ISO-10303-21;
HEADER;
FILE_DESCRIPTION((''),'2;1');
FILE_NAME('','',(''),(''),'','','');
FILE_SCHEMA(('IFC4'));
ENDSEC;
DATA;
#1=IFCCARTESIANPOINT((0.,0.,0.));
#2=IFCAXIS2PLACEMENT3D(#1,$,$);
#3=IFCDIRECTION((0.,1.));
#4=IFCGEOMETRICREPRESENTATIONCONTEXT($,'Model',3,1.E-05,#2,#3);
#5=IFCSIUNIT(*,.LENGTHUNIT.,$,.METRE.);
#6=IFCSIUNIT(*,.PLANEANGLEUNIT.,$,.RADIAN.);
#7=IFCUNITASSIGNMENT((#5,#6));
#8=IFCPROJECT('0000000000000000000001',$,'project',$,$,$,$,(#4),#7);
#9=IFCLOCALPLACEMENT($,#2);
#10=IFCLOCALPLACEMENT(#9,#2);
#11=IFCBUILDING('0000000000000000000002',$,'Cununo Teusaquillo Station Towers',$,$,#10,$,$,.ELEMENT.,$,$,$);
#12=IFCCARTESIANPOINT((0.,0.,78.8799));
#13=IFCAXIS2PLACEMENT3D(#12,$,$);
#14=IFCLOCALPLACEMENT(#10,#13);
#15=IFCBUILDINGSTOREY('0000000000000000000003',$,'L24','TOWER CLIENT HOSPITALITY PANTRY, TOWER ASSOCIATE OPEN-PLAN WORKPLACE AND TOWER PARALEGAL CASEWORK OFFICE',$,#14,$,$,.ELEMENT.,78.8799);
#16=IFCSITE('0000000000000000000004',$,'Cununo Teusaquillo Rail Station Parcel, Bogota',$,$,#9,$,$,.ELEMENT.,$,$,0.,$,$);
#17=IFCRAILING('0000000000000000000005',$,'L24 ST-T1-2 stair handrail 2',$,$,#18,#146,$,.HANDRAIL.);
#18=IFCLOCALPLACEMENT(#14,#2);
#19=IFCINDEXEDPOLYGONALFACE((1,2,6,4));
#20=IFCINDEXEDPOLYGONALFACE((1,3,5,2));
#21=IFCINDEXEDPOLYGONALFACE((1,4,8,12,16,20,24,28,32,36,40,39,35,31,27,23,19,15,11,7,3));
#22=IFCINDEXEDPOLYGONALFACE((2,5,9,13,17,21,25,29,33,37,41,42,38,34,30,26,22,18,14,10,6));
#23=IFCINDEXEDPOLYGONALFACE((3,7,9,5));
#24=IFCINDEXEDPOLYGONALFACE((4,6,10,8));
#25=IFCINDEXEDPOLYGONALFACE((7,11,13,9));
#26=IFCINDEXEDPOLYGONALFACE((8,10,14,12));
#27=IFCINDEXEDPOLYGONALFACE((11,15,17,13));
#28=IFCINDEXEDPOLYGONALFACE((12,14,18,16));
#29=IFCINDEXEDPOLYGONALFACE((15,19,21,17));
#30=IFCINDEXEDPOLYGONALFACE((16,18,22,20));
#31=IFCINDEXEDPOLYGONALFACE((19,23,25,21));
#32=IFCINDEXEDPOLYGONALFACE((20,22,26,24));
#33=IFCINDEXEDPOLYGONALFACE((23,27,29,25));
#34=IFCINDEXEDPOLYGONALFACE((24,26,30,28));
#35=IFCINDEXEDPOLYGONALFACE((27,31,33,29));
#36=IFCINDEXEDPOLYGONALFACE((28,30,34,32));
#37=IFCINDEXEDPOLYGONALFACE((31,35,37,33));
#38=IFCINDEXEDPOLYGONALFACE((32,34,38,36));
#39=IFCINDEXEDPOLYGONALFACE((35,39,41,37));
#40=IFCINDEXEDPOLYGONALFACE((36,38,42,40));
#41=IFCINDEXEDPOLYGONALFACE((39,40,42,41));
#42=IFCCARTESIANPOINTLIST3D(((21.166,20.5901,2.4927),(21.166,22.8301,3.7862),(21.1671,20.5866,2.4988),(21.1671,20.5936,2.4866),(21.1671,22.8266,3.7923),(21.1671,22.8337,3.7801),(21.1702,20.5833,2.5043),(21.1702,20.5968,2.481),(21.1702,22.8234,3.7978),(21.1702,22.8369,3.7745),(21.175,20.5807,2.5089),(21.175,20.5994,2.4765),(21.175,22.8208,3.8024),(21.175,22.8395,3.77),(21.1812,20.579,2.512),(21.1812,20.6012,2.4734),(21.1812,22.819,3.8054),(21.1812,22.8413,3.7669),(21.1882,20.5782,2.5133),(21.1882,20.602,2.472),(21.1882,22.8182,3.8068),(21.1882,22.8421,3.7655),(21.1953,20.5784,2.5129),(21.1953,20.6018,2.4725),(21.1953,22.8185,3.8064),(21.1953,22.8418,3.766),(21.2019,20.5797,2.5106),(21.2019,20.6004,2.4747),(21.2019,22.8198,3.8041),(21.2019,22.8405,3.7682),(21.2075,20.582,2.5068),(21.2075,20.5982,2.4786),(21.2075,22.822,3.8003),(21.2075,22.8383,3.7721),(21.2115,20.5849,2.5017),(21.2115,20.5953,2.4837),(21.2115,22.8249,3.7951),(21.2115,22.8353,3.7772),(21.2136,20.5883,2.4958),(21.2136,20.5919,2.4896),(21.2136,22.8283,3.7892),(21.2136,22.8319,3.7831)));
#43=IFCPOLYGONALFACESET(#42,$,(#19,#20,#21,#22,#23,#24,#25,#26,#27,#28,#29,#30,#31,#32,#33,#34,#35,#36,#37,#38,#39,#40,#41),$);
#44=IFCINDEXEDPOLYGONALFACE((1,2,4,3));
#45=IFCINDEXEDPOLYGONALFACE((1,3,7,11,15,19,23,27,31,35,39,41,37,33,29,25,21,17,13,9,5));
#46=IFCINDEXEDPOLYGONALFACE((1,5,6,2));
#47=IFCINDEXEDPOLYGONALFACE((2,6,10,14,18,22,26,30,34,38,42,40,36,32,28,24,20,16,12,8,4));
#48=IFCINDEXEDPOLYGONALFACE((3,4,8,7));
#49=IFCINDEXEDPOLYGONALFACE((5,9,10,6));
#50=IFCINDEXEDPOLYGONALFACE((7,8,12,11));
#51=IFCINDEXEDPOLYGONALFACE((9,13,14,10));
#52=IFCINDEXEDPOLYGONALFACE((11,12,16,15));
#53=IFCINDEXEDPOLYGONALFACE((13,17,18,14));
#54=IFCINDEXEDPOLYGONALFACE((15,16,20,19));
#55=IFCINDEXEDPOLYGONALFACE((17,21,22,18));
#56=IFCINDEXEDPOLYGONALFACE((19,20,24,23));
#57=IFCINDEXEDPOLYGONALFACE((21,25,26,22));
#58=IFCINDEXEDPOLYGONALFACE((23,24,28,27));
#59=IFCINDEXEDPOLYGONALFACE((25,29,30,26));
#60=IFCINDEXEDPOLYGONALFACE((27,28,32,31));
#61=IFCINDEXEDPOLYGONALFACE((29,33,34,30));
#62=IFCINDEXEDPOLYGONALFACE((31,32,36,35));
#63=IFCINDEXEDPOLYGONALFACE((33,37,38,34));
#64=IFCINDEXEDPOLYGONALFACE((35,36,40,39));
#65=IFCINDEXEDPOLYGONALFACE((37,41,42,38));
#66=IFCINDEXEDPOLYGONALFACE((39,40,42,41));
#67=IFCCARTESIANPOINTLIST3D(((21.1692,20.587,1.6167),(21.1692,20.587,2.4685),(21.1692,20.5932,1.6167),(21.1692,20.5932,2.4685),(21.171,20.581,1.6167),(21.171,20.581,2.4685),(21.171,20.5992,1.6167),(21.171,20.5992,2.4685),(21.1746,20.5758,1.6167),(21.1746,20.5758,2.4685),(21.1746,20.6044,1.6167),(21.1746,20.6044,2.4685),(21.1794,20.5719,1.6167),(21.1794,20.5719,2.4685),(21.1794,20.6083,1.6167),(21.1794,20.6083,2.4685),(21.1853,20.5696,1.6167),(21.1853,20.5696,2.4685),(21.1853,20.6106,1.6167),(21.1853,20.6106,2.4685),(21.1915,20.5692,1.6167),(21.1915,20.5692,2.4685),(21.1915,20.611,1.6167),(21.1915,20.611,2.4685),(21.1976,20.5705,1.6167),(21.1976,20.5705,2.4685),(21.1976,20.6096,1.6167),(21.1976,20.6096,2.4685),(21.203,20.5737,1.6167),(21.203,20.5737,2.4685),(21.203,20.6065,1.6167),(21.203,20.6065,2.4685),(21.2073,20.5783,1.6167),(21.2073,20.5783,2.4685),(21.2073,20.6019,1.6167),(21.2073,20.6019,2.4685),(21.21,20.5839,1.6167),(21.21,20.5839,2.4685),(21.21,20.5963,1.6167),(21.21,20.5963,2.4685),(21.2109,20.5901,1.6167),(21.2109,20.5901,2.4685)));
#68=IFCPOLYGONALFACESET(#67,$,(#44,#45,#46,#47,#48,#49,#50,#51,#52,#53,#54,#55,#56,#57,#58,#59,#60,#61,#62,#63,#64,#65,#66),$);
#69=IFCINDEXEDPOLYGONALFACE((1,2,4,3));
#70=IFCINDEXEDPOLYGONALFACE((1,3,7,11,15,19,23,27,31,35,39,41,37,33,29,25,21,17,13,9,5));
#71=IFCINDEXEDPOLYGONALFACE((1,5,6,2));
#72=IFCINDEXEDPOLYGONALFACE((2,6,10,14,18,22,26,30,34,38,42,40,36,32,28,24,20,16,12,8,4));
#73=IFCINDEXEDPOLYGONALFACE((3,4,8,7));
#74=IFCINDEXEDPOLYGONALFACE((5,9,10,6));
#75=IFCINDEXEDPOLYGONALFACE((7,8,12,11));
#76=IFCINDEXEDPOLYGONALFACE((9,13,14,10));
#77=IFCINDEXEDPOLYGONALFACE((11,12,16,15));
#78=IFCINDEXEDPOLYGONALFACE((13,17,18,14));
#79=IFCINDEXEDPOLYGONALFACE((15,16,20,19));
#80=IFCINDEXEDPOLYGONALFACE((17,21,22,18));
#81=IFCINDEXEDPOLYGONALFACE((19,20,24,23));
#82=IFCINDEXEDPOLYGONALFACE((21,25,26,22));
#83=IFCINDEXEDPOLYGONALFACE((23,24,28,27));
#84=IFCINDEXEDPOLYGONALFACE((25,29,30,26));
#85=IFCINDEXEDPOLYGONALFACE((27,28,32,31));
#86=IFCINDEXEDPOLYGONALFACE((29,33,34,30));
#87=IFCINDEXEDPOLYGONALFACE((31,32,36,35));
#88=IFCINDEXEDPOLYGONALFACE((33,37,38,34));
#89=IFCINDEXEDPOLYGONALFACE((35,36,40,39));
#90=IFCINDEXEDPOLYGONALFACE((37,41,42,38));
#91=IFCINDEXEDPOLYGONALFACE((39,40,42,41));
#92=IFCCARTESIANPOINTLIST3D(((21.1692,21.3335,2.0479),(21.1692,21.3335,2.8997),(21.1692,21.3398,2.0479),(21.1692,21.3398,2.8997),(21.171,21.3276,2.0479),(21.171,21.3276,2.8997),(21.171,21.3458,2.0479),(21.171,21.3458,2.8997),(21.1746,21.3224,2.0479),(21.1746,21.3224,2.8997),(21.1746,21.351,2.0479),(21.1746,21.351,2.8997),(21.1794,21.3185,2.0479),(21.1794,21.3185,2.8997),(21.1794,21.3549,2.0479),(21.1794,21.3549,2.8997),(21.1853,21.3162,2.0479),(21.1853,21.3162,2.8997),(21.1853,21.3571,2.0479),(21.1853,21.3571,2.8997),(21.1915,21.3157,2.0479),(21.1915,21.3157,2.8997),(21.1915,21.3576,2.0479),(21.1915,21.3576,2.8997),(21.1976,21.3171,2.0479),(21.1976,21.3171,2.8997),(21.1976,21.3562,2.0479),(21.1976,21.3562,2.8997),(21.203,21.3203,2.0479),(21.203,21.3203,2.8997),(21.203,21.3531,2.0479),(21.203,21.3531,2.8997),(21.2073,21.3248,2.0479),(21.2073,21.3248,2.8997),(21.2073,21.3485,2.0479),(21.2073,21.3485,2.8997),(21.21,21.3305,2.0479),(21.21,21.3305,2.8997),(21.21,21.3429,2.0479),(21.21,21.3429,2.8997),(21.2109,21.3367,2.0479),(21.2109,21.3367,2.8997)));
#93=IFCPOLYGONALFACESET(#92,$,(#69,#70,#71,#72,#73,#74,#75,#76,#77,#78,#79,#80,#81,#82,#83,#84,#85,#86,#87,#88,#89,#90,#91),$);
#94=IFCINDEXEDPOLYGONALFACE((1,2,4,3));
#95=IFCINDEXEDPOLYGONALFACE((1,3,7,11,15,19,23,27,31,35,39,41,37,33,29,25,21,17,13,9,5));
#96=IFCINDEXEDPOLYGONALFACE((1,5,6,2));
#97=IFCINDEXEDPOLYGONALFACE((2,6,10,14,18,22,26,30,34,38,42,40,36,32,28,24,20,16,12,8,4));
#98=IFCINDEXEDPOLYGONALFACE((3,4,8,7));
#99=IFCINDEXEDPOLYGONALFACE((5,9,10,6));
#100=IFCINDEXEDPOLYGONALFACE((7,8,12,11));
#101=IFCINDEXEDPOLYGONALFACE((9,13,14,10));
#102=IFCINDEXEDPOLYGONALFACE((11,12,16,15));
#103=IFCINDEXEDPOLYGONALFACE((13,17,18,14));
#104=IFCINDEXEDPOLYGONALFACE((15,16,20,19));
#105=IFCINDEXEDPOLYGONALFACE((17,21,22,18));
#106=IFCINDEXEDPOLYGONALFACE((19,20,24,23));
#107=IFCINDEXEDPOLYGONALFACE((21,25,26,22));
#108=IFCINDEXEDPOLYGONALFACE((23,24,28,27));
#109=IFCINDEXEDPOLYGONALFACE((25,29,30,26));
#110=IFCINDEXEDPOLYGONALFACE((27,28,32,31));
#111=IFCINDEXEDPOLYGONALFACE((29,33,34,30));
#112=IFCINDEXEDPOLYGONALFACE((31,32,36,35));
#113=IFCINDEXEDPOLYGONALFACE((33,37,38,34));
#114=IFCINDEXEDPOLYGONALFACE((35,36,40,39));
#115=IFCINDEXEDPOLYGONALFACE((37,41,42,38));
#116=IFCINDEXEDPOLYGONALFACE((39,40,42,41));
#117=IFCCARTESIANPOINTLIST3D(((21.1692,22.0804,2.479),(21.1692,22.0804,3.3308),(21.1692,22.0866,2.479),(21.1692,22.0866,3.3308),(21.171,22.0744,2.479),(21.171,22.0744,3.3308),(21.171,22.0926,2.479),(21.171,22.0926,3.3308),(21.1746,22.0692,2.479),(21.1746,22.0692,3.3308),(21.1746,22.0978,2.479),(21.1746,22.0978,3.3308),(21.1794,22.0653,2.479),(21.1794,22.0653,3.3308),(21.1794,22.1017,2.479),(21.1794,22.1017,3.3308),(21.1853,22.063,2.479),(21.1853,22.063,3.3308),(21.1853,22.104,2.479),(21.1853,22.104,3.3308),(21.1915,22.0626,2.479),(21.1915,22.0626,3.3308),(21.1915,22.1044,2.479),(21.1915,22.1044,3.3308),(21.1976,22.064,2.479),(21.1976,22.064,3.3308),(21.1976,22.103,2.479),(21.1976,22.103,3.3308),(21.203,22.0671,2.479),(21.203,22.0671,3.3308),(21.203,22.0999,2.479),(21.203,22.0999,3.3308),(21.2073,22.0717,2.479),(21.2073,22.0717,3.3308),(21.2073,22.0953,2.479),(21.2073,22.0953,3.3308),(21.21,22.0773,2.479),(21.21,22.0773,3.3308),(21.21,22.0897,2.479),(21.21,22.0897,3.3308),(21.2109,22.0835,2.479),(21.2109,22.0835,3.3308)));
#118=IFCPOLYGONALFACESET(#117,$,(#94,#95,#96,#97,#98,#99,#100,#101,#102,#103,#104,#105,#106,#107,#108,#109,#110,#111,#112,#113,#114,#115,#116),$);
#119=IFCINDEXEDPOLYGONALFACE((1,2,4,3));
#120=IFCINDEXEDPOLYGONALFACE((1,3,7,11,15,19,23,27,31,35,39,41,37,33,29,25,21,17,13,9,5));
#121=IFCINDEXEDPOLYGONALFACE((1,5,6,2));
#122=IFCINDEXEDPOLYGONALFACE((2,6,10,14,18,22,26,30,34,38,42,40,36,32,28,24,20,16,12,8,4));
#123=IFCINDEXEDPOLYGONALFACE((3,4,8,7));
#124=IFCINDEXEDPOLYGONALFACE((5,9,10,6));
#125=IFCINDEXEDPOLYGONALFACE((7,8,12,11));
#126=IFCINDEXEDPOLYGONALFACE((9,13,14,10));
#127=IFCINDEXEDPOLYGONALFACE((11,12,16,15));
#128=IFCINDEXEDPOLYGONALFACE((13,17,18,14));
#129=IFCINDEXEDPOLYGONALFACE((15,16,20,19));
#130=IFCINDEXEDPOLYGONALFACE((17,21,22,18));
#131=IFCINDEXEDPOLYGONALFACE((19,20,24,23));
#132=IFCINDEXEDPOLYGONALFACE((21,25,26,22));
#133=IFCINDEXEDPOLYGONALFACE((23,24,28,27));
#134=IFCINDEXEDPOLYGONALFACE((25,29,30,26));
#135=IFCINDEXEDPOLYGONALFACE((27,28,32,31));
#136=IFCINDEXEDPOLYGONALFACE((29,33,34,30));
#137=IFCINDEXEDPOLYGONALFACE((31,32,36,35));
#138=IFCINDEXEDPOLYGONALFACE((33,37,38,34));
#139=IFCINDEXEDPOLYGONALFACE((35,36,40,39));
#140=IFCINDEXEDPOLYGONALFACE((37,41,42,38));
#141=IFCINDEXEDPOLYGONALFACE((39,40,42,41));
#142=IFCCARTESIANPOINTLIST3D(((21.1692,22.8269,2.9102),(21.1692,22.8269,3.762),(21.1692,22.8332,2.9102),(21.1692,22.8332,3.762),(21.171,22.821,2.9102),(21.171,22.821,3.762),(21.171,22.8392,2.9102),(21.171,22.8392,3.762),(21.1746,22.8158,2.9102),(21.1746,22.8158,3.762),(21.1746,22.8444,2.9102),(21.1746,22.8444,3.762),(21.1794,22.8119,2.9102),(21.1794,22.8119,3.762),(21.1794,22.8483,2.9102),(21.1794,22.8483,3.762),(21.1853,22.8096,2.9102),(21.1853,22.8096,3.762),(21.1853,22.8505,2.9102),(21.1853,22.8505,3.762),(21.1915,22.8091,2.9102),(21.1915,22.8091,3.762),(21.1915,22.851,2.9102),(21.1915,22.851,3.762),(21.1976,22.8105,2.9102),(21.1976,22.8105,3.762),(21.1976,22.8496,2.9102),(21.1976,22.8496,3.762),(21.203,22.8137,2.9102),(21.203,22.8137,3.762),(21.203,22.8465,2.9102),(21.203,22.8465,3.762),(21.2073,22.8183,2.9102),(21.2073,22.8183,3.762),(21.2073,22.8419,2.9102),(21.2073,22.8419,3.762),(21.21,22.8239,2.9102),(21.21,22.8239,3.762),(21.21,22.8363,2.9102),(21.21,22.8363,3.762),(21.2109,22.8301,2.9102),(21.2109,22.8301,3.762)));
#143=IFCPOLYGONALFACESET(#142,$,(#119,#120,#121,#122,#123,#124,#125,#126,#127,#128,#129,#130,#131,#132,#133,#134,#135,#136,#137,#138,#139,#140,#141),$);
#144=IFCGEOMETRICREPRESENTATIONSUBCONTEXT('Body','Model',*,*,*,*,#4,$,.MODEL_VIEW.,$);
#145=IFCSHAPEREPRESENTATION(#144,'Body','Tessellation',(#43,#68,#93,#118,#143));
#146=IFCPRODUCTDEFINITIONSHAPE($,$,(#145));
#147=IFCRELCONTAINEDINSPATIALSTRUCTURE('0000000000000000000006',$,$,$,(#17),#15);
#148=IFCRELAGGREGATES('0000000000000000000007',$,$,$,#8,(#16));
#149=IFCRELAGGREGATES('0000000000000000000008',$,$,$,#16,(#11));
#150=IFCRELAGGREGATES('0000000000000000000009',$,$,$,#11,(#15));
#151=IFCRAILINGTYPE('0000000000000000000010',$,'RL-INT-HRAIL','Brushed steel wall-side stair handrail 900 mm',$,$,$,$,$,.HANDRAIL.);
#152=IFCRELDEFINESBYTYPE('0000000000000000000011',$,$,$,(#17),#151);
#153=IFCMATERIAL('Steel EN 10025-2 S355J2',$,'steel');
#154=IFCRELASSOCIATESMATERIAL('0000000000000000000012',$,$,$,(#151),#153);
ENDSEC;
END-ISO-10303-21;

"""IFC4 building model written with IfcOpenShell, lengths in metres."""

from ifc_helpers import new_model, si_unit, direction, frame, origin, origin_2d, place, context, subcontext, project, spatial, circle, extrude, material, type_object, element, save


model = new_model("IFC4")

# Units and contexts
model_context = context("Model", 3, precision=1e-05, world=origin(), true_north=direction((0.0, 1.0)))
body_context = subcontext(model_context, "Body", "Model", "MODEL_VIEW")
ifc_project = project(units=[si_unit("LENGTHUNIT", "METRE"), si_unit("PLANEANGLEUNIT", "RADIAN")], contexts=[model_context])

# Site, building, storey
site_placement = place(None, origin())
site = spatial("IfcSite", under=ifc_project, at=site_placement, Name="Cununo Teusaquillo Rail Station Parcel, Bogota", CompositionType="ELEMENT", RefElevation=0.0)
building_placement = place(site_placement, origin())
building = spatial("IfcBuilding", under=site, at=building_placement, Name="Cununo Teusaquillo Station Towers", CompositionType="ELEMENT")
storey_placement = place(building_placement, frame((0.0, 0.0, 78.8799)))
storey = spatial("IfcBuildingStorey", under=building, at=storey_placement, Name="L24", Description="TOWER CLIENT HOSPITALITY PANTRY, TOWER ASSOCIATE OPEN-PLAN WORKPLACE AND TOWER PARALEGAL CASEWORK OFFICE", CompositionType="ELEMENT", Elevation=78.8799)

# Railing
ifc_material_1 = material(Name="Steel EN 10025-2 S355J2", Category="steel")
railing_type_1 = type_object("IfcRailingType", Name="RL-INT-HRAIL", Description="Brushed steel wall-side stair handrail 900 mm", PredefinedType="HANDRAIL", material=ifc_material_1)
railing_1_placement = place(storey_placement, frame((21.1899, 20.5901, 1.6167)))
element("IfcRailing", 1, at=railing_1_placement, inside=storey, type_object=railing_type_1, Name="L24 ST-T1-2 stair handrail 2", PredefinedType="HANDRAIL", context=body_context, shape_type="SweptSolid", body=[
    extrude(circle(Radius=0.0239, at=origin_2d()), frame((0.0, 0.0, 0.876), z_axis=(0.0, 0.865992, 0.500057), x_axis=(-1.0, 0.0, 0.0)), (0.0, 0.0, 1.0), 2.5867),
    extrude(circle(Radius=0.021, at=origin_2d()), origin(), (0.0, 0.0, 1.0), 0.8518),
    extrude(circle(Radius=0.021, at=origin_2d()), frame((0.0, 0.7466, 0.4312)), (0.0, 0.0, 1.0), 0.8518),
    extrude(circle(Radius=0.021, at=origin_2d()), frame((0.0, 1.4934, 0.8623)), (0.0, 0.0, 1.0), 0.8518),
    extrude(circle(Radius=0.021, at=origin_2d()), frame((0.0, 2.24, 1.2935)), (0.0, 0.0, 1.0), 0.8518),
])

save(model, "model.ifc")
